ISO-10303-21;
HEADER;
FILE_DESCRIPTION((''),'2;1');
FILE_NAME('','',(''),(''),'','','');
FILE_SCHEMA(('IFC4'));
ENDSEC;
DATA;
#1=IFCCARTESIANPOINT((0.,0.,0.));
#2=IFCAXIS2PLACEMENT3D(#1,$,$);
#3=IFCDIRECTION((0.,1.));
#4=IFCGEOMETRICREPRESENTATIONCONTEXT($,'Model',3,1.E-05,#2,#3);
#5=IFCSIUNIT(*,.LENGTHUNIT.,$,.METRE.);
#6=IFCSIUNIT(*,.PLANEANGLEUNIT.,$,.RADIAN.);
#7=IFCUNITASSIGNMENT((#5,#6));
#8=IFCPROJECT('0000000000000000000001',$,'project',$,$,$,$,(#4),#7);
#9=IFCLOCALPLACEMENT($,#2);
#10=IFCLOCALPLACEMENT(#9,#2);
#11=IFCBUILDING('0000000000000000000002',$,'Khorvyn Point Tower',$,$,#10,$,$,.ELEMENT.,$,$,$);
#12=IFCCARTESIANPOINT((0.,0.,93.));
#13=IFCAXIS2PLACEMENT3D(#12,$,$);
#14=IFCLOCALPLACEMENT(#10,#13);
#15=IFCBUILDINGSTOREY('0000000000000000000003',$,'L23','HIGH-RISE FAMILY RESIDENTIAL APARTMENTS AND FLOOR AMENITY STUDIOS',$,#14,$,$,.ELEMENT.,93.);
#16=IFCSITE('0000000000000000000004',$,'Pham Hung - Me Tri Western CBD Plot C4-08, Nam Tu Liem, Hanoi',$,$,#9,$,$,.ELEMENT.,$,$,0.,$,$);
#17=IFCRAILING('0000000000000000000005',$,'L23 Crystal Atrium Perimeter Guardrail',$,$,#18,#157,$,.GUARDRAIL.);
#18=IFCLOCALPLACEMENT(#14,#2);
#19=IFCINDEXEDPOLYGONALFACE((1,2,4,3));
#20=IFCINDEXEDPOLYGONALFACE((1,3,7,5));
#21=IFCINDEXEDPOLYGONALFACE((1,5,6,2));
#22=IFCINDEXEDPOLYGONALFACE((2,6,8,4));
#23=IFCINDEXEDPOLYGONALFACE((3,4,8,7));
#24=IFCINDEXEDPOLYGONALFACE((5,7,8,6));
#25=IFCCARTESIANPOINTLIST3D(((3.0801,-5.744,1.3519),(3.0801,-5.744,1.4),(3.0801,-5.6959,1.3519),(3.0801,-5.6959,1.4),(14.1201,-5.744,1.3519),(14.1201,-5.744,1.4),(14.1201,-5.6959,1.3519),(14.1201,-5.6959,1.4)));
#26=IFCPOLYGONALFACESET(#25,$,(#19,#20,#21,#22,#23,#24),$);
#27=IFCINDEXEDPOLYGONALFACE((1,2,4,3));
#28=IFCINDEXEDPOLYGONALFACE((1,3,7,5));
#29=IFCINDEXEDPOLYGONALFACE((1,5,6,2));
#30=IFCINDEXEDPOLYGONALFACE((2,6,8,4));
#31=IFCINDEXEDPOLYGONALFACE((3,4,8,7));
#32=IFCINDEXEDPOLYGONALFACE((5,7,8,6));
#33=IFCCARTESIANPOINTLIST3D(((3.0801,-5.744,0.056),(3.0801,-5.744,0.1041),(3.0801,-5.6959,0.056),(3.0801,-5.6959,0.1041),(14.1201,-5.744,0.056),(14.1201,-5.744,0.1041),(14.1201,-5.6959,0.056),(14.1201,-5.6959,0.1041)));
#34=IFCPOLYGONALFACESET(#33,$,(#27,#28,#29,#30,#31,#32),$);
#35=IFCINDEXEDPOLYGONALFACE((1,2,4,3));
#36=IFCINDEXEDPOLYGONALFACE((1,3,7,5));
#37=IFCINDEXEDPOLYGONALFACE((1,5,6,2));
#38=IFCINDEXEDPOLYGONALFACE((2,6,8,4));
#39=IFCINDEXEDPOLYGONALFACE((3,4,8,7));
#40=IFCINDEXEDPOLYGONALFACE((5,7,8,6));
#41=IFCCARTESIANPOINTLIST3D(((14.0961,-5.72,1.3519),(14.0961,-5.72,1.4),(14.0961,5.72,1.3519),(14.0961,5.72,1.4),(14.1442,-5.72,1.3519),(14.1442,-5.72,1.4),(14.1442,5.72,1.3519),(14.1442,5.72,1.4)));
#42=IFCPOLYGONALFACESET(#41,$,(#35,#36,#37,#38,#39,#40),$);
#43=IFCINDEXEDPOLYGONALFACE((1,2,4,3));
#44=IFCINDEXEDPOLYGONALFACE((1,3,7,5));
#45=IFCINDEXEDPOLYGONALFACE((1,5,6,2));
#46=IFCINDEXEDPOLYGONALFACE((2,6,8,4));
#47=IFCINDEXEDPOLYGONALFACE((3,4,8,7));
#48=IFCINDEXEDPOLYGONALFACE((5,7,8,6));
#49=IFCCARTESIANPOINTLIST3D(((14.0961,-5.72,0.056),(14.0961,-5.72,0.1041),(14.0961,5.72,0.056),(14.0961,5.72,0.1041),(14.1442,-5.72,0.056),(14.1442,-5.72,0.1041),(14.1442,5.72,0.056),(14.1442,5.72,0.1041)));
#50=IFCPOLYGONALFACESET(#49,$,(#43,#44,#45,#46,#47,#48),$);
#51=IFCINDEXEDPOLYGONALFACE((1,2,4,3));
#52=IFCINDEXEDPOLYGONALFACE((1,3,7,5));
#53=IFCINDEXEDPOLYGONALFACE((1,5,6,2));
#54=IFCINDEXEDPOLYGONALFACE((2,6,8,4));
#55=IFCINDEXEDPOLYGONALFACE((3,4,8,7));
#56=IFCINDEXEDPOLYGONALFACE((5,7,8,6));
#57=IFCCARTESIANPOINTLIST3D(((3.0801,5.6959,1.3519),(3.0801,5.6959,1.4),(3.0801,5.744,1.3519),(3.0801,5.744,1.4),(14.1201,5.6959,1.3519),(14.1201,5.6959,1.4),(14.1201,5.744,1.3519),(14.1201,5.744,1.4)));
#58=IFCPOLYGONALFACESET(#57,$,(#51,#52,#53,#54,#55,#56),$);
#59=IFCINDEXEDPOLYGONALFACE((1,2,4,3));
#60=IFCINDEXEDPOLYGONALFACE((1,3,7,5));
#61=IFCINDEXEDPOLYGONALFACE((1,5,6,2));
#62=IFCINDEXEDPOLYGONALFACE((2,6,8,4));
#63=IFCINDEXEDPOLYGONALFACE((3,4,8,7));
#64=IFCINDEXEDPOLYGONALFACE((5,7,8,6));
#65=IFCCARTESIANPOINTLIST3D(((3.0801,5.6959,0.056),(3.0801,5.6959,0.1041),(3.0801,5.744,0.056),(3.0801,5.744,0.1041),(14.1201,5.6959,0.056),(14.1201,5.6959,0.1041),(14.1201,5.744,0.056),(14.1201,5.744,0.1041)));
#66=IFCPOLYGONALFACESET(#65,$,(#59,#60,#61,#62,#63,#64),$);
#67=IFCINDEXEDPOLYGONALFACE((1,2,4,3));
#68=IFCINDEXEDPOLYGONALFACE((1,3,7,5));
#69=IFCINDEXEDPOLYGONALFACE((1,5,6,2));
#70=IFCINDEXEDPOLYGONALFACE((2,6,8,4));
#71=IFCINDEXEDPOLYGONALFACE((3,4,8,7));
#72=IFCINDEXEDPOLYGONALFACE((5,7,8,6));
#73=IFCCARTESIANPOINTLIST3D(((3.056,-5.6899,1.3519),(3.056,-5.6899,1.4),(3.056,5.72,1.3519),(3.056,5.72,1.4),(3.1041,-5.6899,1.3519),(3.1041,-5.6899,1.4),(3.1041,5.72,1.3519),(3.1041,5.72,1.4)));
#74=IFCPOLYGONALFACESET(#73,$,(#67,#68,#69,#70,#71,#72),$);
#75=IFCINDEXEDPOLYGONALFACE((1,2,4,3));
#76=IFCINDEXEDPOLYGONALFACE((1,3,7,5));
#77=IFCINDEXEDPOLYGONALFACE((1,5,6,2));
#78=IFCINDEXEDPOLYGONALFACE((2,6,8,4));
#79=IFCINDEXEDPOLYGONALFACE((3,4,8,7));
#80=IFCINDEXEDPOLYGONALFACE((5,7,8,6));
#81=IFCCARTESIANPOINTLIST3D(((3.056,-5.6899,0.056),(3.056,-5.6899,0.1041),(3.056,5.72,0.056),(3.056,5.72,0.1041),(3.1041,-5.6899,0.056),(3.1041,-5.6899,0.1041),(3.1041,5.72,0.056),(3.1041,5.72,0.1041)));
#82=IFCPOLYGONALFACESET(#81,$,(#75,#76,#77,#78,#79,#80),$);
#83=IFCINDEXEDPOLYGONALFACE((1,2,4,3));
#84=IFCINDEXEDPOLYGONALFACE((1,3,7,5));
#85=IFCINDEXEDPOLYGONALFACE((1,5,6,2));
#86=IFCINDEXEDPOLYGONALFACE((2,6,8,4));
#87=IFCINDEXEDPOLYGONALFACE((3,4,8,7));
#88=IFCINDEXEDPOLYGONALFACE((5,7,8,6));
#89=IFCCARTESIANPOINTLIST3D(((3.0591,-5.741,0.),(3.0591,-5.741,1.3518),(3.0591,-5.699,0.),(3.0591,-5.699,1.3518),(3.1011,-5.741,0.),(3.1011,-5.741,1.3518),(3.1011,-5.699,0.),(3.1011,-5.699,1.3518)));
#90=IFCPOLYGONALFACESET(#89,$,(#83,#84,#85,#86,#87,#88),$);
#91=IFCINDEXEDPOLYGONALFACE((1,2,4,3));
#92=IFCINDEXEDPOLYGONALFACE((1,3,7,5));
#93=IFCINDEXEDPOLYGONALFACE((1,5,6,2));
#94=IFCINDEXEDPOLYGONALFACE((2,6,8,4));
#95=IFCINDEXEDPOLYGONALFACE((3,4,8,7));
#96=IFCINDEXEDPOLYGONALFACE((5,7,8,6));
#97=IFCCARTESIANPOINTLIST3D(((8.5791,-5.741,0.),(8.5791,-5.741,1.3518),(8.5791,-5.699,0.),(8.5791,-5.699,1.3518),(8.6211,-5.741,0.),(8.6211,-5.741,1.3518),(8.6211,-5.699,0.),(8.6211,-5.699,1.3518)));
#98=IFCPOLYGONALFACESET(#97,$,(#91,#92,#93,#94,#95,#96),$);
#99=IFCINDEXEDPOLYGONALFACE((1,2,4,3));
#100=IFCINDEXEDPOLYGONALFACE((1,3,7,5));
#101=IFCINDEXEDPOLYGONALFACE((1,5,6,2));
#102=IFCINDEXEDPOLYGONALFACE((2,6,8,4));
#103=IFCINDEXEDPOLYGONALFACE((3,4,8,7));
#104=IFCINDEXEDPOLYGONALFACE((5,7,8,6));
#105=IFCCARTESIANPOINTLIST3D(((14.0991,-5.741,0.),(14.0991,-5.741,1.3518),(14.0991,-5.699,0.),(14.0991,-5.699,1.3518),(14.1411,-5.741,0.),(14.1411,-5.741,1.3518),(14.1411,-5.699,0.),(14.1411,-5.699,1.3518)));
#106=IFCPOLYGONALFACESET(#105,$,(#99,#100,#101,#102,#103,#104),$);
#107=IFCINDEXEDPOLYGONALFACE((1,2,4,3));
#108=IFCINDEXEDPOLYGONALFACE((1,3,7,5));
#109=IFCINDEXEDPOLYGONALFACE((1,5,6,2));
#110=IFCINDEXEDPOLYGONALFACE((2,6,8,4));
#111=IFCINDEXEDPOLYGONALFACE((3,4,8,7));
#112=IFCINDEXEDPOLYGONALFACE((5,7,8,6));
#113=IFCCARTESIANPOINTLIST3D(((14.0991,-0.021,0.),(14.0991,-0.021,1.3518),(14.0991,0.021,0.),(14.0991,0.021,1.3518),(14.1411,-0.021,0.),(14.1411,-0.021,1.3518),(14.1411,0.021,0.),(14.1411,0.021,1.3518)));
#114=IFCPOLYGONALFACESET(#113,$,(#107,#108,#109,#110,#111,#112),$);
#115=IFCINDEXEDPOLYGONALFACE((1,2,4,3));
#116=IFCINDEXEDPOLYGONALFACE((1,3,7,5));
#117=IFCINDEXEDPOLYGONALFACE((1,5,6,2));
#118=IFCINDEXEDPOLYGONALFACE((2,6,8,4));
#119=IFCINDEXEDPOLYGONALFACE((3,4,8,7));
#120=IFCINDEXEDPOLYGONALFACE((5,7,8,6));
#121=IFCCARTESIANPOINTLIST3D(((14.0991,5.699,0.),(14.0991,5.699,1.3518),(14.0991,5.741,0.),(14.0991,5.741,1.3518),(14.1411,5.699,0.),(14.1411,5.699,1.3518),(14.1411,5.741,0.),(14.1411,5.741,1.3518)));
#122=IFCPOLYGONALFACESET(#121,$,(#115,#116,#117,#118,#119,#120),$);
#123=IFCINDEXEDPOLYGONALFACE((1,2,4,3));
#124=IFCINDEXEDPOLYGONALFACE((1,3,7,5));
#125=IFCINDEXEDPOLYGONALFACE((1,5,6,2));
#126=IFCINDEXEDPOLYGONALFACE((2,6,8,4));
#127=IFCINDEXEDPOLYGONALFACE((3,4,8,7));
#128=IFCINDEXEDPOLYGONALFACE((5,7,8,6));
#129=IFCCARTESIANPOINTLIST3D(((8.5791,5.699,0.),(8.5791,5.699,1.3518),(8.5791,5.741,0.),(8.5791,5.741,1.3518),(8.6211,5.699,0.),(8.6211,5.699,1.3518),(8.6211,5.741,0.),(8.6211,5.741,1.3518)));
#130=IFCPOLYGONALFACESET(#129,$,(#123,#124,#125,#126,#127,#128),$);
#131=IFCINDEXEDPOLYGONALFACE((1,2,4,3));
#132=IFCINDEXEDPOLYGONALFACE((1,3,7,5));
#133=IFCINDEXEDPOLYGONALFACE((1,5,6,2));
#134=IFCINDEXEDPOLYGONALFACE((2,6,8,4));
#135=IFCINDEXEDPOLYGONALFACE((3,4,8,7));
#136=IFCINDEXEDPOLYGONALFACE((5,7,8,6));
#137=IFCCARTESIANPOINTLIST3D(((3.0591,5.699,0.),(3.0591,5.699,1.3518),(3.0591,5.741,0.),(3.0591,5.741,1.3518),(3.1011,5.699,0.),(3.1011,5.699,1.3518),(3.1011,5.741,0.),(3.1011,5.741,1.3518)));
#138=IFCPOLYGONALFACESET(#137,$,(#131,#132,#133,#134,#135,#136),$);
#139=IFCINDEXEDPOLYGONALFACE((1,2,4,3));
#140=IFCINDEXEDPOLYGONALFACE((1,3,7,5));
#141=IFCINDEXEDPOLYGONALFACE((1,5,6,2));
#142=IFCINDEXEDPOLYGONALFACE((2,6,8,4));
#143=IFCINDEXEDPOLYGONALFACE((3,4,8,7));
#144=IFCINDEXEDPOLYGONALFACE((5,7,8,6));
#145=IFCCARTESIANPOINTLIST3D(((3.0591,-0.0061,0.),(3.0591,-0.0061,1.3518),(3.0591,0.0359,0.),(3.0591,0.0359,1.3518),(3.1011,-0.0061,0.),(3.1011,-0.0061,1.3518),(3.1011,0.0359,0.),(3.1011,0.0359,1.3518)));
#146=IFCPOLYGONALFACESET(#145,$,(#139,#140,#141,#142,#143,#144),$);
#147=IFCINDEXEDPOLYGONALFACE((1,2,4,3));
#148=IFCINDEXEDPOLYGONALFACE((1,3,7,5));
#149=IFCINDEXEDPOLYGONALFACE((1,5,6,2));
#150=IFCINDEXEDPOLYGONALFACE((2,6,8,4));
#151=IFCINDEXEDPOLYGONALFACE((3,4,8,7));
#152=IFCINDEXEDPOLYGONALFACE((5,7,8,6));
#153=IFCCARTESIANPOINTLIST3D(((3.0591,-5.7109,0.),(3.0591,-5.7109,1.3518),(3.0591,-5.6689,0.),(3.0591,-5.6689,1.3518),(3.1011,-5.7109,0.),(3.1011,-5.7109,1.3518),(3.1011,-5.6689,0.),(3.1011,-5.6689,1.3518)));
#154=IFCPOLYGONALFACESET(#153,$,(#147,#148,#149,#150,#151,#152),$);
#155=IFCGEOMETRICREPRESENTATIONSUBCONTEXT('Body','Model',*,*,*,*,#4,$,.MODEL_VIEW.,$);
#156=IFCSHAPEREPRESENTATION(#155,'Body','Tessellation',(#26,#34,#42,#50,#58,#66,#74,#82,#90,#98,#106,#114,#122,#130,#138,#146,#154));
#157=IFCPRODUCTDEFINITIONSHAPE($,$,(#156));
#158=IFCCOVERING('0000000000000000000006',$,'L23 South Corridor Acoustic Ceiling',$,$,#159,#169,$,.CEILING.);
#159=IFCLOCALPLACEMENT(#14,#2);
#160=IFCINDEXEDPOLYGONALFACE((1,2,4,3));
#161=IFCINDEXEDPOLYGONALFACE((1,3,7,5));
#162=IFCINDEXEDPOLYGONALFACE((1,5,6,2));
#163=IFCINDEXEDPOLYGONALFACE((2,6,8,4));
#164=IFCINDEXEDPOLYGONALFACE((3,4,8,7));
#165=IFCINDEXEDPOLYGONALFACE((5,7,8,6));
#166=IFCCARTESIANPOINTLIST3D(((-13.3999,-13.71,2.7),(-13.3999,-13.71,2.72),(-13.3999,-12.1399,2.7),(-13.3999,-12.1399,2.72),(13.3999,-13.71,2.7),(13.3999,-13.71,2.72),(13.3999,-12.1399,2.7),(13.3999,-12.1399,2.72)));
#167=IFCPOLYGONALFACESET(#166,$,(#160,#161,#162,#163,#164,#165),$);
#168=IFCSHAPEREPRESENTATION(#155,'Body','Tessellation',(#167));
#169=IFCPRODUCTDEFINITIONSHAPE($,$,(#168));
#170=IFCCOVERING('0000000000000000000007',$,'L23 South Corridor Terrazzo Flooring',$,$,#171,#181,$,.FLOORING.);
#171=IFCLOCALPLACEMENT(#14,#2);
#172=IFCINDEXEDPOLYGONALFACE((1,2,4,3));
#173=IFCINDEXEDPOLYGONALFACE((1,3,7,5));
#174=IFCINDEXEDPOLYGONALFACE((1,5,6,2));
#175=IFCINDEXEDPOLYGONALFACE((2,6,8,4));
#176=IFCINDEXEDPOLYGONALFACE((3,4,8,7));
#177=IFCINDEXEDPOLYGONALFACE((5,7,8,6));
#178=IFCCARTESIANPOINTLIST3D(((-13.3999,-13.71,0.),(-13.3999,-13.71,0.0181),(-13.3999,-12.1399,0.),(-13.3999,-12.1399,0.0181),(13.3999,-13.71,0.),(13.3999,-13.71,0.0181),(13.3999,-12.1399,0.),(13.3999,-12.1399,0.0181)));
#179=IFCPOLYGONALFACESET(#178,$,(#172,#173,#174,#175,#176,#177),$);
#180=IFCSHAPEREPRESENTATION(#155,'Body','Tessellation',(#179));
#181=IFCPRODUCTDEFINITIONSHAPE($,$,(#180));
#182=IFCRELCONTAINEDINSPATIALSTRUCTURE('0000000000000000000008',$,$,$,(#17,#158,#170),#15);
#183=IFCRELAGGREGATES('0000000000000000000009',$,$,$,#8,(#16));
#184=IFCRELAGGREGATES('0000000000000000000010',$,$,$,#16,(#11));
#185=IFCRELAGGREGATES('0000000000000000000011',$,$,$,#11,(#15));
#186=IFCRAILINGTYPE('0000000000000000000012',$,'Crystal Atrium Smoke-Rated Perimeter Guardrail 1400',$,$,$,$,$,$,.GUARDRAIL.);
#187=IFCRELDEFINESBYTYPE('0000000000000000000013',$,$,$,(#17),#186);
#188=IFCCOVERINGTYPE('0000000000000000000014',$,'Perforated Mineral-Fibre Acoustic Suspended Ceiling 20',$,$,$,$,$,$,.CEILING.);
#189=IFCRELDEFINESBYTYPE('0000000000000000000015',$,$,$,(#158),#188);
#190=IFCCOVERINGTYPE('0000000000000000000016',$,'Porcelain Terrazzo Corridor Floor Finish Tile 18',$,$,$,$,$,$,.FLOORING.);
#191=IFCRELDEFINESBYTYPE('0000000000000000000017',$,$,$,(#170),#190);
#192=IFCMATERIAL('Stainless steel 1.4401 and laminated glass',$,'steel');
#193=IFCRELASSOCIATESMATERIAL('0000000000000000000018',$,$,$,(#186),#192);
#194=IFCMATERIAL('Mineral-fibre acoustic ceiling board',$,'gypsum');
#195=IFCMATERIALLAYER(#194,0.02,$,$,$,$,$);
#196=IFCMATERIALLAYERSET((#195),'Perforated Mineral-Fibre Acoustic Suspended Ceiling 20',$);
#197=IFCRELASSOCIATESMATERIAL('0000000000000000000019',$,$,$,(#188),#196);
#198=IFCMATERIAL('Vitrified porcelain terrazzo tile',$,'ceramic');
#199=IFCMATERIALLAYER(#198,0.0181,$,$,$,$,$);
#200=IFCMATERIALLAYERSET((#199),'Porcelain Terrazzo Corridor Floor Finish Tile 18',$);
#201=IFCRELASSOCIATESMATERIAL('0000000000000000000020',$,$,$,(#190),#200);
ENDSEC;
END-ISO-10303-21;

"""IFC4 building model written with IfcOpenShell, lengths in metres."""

from ifc_helpers import new_model, si_unit, direction, frame, origin, origin_2d, place, context, subcontext, project, spatial, polyline, rectangle, outline, extrude, material, layer, layer_set, type_object, element, save


model = new_model("IFC4")

# Units and contexts
model_context = context("Model", 3, precision=1e-05, world=origin(), true_north=direction((0.0, 1.0)))
body_context = subcontext(model_context, "Body", "Model", "MODEL_VIEW")
ifc_project = project(units=[si_unit("LENGTHUNIT", "METRE"), si_unit("PLANEANGLEUNIT", "RADIAN")], contexts=[model_context])

# Site, building, storey
site_placement = place(None, origin())
site = spatial("IfcSite", under=ifc_project, at=site_placement, Name="Pham Hung - Me Tri Western CBD Plot C4-08, Nam Tu Liem, Hanoi", CompositionType="ELEMENT", RefElevation=0.0)
building_placement = place(site_placement, origin())
building = spatial("IfcBuilding", under=site, at=building_placement, Name="Khorvyn Point Tower", CompositionType="ELEMENT")
storey_placement = place(building_placement, frame((0.0, 0.0, 93.0)))
storey = spatial("IfcBuildingStorey", under=building, at=storey_placement, Name="L23", Description="HIGH-RISE FAMILY RESIDENTIAL APARTMENTS AND FLOOR AMENITY STUDIOS", CompositionType="ELEMENT", Elevation=93.0)

# Railing
ifc_material_1 = material(Name="Stainless steel 1.4401 and laminated glass", Category="steel")
railing_type = type_object("IfcRailingType", Name="Crystal Atrium Smoke-Rated Perimeter Guardrail 1400", PredefinedType="GUARDRAIL", material=ifc_material_1)
railing_placement = place(storey_placement, frame((3.0801, -5.72, 0.0)))
element("IfcRailing", 1, at=railing_placement, inside=storey, type_object=railing_type, Name="L23 Crystal Atrium Perimeter Guardrail", PredefinedType="GUARDRAIL", context=body_context, shape_type="SweptSolid", body=[
    extrude(rectangle(XDim=0.0481, YDim=0.0481, at=origin_2d()), frame((0.0, 0.0, 1.376), z_axis=(1.0, 0.0, 0.0), x_axis=(0.0, 1.0, 0.0)), (0.0, 0.0, 1.0), 11.04),
    extrude(rectangle(XDim=0.0481, YDim=0.0481, at=origin_2d()), frame((0.0, 0.0, 0.0801), z_axis=(1.0, 0.0, 0.0), x_axis=(0.0, 1.0, 0.0)), (0.0, 0.0, 1.0), 11.04),
    extrude(rectangle(XDim=0.0481, YDim=0.0481, at=origin_2d()), frame((11.04, 0.0, 1.376), z_axis=(0.0, 1.0, 0.0), x_axis=(-1.0, 0.0, 0.0)), (0.0, 0.0, 1.0), 11.4399),
    extrude(rectangle(XDim=0.0481, YDim=0.0481, at=origin_2d()), frame((11.04, 0.0, 0.0801), z_axis=(0.0, 1.0, 0.0), x_axis=(-1.0, 0.0, 0.0)), (0.0, 0.0, 1.0), 11.4399),
    extrude(rectangle(XDim=0.0481, YDim=0.0481, at=origin_2d()), frame((11.04, 11.4399, 1.376), z_axis=(-1.0, 0.0, 0.0), x_axis=(0.0, -1.0, 0.0)), (0.0, 0.0, 1.0), 11.04),
    extrude(rectangle(XDim=0.0481, YDim=0.0481, at=origin_2d()), frame((11.04, 11.4399, 0.0801), z_axis=(-1.0, 0.0, 0.0), x_axis=(0.0, -1.0, 0.0)), (0.0, 0.0, 1.0), 11.04),
    extrude(rectangle(XDim=0.0481, YDim=0.0481, at=origin_2d()), frame((0.0, 11.4399, 1.376), z_axis=(0.0, -1.0, 0.0), x_axis=(1.0, 0.0, 0.0)), (0.0, 0.0, 1.0), 11.4099),
    extrude(rectangle(XDim=0.0481, YDim=0.0481, at=origin_2d()), frame((0.0, 11.4399, 0.0801), z_axis=(0.0, -1.0, 0.0), x_axis=(1.0, 0.0, 0.0)), (0.0, 0.0, 1.0), 11.4099),
    extrude(rectangle(XDim=0.042, YDim=0.042, at=origin_2d()), origin(), (0.0, 0.0, 1.0), 1.3518),
    extrude(rectangle(XDim=0.042, YDim=0.042, at=origin_2d()), frame((5.52, 0.0, 0.0)), (0.0, 0.0, 1.0), 1.3518),
    extrude(rectangle(XDim=0.042, YDim=0.042, at=origin_2d()), frame((11.04, 0.0, 0.0)), (0.0, 0.0, 1.0), 1.3518),
    extrude(rectangle(XDim=0.042, YDim=0.042, at=origin_2d()), frame((11.04, 5.72, 0.0)), (0.0, 0.0, 1.0), 1.3518),
    extrude(rectangle(XDim=0.042, YDim=0.042, at=origin_2d()), frame((11.04, 11.4399, 0.0)), (0.0, 0.0, 1.0), 1.3518),
    extrude(rectangle(XDim=0.042, YDim=0.042, at=origin_2d()), frame((5.52, 11.4399, 0.0)), (0.0, 0.0, 1.0), 1.3518),
    extrude(rectangle(XDim=0.042, YDim=0.042, at=origin_2d()), frame((0.0, 11.4399, 0.0)), (0.0, 0.0, 1.0), 1.3518),
    extrude(rectangle(XDim=0.042, YDim=0.042, at=origin_2d()), frame((0.0, 5.7349, 0.0)), (0.0, 0.0, 1.0), 1.3518),
    extrude(rectangle(XDim=0.042, YDim=0.042, at=origin_2d()), frame((0.0, 0.03, 0.0)), (0.0, 0.0, 1.0), 1.3518),
])

# Coverings
ifc_material_2 = material(Name="Mineral-fibre acoustic ceiling board", Category="gypsum")
ifc_layer_1 = layer(ifc_material_2, 0.02)
ifc_layer_set_1 = layer_set([ifc_layer_1], Name="Perforated Mineral-Fibre Acoustic Suspended Ceiling 20")
covering_type_1 = type_object("IfcCoveringType", Name="Perforated Mineral-Fibre Acoustic Suspended Ceiling 20", PredefinedType="CEILING", material=ifc_layer_set_1)
covering_1_placement = place(storey_placement, frame((0.0, 0.0, 2.7)))
element("IfcCovering", 2, at=covering_1_placement, inside=storey, type_object=covering_type_1, Name="L23 South Corridor Acoustic Ceiling", PredefinedType="CEILING", context=body_context, shape_type="SweptSolid", body=[
    extrude(outline(polyline([(-13.3999, -13.71), (13.3999, -13.71), (13.3999, -12.1399), (-13.3999, -12.1399), (-13.3999, -13.71)])), origin(), (0.0, 0.0, 1.0), 0.02),
])
ifc_material_3 = material(Name="Vitrified porcelain terrazzo tile", Category="ceramic")
ifc_layer_2 = layer(ifc_material_3, 0.0181)
ifc_layer_set_2 = layer_set([ifc_layer_2], Name="Porcelain Terrazzo Corridor Floor Finish Tile 18")
covering_type_2 = type_object("IfcCoveringType", Name="Porcelain Terrazzo Corridor Floor Finish Tile 18", PredefinedType="FLOORING", material=ifc_layer_set_2)
covering_2_placement = place(storey_placement, origin())
element("IfcCovering", 3, at=covering_2_placement, inside=storey, type_object=covering_type_2, Name="L23 South Corridor Terrazzo Flooring", PredefinedType="FLOORING", context=body_context, shape_type="SweptSolid", body=[
    extrude(outline(polyline([(-13.3999, -13.71), (13.3999, -13.71), (13.3999, -12.1399), (-13.3999, -12.1399), (-13.3999, -13.71)])), origin(), (0.0, 0.0, 1.0), 0.0181),
])

save(model, "model.ifc")
